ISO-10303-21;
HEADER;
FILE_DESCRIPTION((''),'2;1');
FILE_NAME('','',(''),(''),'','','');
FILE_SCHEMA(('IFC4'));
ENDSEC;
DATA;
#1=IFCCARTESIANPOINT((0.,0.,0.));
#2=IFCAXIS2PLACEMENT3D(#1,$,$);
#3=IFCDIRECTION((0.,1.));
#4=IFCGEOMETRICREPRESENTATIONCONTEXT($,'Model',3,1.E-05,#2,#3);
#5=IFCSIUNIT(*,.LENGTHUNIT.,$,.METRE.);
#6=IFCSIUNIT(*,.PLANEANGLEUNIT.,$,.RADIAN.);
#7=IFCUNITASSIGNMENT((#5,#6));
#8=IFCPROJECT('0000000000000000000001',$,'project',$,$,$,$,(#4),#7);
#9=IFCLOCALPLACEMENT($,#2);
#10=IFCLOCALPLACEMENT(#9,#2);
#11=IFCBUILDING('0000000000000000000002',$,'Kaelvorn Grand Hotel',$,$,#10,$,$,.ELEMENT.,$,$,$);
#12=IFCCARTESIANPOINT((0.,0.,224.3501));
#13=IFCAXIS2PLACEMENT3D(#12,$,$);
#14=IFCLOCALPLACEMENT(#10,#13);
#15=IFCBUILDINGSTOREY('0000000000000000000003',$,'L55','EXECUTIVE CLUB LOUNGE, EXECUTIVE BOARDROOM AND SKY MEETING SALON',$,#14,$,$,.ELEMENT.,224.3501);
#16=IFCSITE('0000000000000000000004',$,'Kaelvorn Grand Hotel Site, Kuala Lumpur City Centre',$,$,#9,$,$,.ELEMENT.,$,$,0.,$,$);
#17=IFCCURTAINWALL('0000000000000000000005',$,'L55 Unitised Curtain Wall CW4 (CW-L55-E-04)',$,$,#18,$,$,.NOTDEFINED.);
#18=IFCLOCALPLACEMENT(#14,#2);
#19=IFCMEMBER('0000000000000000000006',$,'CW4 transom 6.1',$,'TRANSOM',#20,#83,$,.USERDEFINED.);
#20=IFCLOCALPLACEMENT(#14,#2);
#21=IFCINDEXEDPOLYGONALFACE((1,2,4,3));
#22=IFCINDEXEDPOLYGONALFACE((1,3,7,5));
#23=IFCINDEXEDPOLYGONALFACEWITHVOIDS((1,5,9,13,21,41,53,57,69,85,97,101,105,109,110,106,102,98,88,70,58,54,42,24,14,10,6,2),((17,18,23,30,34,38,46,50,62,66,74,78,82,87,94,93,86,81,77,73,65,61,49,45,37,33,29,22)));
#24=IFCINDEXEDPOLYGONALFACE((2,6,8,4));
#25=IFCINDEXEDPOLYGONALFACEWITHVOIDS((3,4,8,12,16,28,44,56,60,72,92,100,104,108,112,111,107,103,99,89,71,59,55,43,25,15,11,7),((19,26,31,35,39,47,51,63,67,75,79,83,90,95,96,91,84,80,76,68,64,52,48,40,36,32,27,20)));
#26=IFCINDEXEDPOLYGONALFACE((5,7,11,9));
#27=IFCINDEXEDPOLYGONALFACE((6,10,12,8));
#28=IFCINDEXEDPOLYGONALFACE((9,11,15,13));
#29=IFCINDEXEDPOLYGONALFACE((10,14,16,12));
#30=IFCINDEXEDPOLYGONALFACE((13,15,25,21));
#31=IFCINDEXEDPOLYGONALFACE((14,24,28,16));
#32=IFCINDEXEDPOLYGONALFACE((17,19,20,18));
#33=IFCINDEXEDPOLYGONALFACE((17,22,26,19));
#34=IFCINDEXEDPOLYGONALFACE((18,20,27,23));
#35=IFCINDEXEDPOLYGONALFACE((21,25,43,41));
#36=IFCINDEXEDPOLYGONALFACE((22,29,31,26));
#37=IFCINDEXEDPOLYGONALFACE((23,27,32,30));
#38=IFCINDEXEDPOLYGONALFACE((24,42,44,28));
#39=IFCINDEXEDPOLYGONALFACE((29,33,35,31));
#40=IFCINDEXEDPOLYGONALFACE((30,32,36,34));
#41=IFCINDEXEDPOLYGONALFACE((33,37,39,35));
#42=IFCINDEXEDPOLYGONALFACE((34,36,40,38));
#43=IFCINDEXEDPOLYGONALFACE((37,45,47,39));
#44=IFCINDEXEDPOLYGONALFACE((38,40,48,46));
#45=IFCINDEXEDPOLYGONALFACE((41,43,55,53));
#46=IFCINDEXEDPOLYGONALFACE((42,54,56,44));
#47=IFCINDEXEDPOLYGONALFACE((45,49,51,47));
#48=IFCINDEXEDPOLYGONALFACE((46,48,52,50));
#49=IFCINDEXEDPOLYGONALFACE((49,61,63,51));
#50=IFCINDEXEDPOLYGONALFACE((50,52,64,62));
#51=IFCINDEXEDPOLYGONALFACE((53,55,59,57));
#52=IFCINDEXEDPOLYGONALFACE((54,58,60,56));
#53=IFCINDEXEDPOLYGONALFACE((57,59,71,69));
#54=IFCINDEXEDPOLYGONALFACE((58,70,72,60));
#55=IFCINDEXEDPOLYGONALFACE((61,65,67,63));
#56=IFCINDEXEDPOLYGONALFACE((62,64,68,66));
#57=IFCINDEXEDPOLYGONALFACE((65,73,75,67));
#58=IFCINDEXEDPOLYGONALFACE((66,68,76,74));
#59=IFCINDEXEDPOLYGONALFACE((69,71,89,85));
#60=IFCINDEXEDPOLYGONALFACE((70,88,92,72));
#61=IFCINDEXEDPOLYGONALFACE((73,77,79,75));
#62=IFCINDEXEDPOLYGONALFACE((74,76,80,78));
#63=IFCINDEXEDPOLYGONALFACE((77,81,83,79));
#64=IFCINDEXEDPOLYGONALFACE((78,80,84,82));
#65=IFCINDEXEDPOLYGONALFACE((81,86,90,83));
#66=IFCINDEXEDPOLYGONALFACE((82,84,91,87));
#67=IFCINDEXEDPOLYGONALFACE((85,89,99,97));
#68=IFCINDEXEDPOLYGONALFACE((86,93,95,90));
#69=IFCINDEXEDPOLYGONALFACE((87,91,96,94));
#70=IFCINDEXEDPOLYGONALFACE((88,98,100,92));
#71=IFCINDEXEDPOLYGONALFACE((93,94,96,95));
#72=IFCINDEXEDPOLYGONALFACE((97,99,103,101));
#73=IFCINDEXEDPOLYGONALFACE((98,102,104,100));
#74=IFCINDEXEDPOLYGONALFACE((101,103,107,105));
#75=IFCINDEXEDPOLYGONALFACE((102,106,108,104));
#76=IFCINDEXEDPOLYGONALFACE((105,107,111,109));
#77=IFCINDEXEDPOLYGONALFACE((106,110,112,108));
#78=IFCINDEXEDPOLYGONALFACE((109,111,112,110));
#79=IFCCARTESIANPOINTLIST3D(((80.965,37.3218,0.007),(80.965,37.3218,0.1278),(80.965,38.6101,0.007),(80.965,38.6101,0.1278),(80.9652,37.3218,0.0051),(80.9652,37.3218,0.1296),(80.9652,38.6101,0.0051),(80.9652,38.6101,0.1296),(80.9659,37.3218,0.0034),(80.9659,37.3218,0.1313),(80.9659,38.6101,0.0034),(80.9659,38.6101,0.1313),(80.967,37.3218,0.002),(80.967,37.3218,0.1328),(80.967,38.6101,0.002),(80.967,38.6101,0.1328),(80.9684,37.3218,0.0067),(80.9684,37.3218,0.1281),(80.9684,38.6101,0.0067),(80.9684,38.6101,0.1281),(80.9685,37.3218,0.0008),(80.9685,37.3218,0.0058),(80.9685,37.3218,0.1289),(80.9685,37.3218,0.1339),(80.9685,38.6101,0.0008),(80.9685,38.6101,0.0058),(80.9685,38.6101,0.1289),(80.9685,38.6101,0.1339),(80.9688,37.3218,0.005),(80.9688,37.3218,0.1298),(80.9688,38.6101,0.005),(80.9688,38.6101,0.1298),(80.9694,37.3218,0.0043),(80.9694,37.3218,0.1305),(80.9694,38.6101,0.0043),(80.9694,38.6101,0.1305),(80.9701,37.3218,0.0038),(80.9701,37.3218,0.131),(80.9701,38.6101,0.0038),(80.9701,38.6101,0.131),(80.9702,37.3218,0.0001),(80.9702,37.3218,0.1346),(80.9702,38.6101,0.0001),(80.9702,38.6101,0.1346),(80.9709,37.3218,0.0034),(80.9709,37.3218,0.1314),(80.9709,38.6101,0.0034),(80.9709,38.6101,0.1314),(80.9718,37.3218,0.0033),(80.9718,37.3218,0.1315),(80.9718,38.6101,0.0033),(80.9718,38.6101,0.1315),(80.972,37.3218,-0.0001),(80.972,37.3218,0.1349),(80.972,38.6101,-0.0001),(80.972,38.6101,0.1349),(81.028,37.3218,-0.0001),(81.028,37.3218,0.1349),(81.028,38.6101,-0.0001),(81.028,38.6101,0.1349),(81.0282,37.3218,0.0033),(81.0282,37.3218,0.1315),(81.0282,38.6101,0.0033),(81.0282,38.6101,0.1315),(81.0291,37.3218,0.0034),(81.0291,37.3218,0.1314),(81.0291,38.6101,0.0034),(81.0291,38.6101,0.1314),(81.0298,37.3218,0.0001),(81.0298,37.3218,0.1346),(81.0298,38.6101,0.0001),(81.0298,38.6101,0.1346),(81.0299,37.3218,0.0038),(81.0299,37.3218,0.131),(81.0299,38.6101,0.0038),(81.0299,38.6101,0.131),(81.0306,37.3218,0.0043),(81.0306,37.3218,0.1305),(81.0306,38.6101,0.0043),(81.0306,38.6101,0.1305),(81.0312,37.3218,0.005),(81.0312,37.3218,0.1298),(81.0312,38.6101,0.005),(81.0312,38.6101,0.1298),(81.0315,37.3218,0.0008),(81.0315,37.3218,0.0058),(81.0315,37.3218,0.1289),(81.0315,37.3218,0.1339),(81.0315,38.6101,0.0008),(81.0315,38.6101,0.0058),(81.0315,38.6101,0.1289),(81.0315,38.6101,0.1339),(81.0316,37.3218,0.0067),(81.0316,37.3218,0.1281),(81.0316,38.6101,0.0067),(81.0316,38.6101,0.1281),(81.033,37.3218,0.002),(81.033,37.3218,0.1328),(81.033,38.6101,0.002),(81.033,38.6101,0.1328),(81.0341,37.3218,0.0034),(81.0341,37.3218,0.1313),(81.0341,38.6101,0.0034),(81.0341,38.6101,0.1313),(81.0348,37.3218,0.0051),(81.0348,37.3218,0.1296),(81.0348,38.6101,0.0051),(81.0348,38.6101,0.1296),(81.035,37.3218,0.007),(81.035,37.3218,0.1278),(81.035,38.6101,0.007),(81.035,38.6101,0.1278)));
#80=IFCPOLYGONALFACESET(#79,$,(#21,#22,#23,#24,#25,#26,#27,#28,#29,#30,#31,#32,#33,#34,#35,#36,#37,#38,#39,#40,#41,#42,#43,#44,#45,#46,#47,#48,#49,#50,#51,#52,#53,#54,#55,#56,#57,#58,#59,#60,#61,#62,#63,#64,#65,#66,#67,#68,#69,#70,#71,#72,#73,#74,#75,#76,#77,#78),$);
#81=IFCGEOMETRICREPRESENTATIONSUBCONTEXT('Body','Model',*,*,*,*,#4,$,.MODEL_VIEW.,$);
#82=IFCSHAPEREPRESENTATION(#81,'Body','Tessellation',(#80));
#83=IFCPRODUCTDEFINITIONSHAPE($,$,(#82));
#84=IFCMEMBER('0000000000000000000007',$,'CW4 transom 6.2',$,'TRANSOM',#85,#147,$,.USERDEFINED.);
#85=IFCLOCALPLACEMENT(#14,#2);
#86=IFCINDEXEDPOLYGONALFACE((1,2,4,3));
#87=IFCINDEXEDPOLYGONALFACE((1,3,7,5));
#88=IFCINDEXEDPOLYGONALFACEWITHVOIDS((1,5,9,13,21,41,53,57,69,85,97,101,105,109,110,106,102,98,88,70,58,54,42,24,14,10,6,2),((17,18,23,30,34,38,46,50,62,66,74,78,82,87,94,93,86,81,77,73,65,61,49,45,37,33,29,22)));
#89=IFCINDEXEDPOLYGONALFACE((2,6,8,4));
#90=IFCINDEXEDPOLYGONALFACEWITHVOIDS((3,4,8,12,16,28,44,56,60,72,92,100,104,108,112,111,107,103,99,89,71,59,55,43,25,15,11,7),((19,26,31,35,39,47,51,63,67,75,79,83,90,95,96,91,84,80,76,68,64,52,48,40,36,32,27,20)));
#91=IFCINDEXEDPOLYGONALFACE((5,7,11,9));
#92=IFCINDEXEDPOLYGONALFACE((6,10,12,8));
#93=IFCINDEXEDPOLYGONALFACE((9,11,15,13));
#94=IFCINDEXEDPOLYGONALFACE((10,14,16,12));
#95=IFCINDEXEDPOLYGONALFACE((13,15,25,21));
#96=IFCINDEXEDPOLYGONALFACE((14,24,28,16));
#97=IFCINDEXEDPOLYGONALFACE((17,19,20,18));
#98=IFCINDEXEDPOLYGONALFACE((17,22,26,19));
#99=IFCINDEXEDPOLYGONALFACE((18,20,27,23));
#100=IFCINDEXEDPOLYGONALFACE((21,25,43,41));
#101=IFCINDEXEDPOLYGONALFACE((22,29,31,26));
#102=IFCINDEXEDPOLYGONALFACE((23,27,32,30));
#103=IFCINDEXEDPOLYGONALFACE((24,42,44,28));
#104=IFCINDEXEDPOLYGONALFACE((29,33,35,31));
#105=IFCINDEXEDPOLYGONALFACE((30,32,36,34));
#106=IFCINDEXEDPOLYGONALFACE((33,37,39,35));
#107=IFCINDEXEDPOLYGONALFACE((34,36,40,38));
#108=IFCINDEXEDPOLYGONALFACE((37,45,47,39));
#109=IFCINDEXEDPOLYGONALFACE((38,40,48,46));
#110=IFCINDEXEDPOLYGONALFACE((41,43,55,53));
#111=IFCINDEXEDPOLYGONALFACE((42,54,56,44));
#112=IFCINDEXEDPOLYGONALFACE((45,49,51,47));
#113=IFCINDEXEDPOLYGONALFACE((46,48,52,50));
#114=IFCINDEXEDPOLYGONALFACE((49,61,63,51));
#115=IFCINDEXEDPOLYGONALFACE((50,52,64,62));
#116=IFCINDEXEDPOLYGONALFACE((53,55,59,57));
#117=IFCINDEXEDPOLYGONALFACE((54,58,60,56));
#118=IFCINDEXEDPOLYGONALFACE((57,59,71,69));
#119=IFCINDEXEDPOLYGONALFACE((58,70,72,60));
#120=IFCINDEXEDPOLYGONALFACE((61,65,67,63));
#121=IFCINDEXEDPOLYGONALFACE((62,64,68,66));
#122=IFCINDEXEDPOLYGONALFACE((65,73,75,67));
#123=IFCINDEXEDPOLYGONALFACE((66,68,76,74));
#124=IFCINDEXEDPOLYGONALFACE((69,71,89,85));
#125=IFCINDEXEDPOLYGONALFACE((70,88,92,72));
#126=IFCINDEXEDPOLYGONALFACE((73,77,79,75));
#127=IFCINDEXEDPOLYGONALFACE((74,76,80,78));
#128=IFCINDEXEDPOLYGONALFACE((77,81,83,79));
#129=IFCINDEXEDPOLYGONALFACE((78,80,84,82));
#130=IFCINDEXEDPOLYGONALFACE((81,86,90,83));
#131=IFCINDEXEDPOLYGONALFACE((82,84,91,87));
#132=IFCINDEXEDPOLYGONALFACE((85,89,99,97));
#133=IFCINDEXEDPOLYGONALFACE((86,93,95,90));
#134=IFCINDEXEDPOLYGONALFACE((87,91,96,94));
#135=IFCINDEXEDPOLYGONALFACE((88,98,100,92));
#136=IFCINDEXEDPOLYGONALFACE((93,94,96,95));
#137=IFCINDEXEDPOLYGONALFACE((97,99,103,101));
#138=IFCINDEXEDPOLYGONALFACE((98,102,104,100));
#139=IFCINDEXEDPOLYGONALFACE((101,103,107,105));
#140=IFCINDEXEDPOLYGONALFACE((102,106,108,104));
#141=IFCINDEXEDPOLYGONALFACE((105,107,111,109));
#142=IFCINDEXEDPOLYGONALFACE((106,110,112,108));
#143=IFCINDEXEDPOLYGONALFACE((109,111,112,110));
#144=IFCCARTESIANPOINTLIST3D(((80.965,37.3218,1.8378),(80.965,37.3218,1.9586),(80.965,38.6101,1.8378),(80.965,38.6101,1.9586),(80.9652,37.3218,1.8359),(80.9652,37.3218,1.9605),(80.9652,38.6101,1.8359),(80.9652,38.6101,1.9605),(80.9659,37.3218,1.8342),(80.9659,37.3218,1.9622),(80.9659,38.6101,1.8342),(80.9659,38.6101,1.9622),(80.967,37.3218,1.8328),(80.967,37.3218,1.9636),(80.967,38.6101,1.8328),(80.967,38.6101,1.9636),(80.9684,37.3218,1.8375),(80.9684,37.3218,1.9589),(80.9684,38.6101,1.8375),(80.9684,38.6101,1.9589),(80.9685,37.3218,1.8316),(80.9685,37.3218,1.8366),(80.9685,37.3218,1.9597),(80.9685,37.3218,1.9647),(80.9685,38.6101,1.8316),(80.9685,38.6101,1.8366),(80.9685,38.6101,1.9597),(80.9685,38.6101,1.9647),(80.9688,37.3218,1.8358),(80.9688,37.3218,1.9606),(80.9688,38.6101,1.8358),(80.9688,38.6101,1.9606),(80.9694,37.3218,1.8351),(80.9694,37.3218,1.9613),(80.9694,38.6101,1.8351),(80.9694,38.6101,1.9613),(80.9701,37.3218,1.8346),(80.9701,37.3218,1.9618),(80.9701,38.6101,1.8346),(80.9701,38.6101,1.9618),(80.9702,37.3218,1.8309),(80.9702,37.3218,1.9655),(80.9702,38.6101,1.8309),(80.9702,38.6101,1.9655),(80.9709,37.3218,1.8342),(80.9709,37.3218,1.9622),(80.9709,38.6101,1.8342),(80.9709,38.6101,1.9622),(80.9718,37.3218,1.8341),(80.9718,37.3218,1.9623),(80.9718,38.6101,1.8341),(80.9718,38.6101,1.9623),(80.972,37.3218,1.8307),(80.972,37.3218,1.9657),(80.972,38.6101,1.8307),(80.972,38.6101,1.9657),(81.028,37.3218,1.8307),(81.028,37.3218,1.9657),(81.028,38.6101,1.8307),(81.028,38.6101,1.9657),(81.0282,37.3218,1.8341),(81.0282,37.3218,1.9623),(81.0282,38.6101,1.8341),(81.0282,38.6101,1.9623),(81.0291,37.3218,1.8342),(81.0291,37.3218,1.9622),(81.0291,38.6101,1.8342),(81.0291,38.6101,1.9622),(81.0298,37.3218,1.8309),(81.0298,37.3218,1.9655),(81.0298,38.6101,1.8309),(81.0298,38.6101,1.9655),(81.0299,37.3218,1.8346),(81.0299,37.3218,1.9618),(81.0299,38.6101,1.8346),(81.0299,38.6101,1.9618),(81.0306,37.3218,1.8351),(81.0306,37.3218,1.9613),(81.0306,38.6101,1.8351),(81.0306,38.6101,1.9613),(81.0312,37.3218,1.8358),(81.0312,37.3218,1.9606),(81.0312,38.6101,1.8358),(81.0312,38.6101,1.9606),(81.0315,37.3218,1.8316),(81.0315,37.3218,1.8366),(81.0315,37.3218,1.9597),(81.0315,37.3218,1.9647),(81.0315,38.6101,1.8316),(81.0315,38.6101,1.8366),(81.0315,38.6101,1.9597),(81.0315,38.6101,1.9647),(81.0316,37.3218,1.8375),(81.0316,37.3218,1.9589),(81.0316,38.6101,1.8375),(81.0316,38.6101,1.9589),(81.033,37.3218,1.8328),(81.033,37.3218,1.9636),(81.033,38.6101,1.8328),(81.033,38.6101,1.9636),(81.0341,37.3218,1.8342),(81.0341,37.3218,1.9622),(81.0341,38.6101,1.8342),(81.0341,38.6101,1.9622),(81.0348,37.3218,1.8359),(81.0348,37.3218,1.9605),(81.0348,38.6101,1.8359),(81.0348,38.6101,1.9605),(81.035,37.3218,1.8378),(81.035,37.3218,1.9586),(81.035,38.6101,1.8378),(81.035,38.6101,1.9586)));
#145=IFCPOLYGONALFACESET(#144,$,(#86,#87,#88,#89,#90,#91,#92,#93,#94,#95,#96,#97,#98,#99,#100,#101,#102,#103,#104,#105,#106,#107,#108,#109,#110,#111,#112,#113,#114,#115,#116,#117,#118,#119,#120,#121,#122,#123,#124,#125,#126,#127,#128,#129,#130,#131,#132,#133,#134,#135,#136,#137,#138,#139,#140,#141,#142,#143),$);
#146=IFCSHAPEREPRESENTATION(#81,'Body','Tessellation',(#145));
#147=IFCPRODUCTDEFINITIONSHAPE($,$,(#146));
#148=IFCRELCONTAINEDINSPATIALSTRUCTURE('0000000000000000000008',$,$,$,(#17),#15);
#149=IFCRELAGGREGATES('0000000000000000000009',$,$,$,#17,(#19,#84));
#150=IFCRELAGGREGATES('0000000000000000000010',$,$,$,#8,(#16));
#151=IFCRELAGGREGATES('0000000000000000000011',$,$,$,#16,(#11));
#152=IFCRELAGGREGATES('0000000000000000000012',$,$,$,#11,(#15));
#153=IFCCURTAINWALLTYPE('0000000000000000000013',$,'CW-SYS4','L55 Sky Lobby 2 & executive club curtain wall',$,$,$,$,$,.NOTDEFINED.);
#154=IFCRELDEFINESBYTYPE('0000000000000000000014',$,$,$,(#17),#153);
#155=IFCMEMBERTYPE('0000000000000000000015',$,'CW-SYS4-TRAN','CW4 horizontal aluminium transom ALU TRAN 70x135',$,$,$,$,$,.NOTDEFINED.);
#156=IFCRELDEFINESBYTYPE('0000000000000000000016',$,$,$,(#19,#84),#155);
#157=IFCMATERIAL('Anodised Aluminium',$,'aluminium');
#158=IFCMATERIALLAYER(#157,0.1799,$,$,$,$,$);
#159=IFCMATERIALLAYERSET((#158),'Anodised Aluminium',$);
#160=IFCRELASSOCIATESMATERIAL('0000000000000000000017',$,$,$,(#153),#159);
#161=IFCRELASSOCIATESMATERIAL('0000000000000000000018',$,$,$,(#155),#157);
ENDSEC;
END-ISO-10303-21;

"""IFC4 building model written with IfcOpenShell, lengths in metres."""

from ifc_helpers import new_model, si_unit, direction, frame, origin, origin_2d, place, context, subcontext, project, spatial, hollow_rectangle, extrude, material, layer, layer_set, material_profile, profile_set, type_object, element, aggregate, save


model = new_model("IFC4")

# Units and contexts
model_context = context("Model", 3, precision=1e-05, world=origin(), true_north=direction((0.0, 1.0)))
body_context = subcontext(model_context, "Body", "Model", "MODEL_VIEW")
ifc_project = project(units=[si_unit("LENGTHUNIT", "METRE"), si_unit("PLANEANGLEUNIT", "RADIAN")], contexts=[model_context])

# Site, building, storey
site_placement = place(None, origin())
site = spatial("IfcSite", under=ifc_project, at=site_placement, Name="Kaelvorn Grand Hotel Site, Kuala Lumpur City Centre", CompositionType="ELEMENT", RefElevation=0.0)
building_placement = place(site_placement, origin())
building = spatial("IfcBuilding", under=site, at=building_placement, Name="Kaelvorn Grand Hotel", CompositionType="ELEMENT")
storey_placement = place(building_placement, frame((0.0, 0.0, 224.3501)))
storey = spatial("IfcBuildingStorey", under=building, at=storey_placement, Name="L55", Description="EXECUTIVE CLUB LOUNGE, EXECUTIVE BOARDROOM AND SKY MEETING SALON", CompositionType="ELEMENT", Elevation=224.3501)

# Curtain wall, members
ifc_material_1 = material(Name="Anodised Aluminium", Category="aluminium")
ifc_layer_1 = layer(ifc_material_1, 0.1799)
ifc_layer_set_1 = layer_set([ifc_layer_1], Name="Anodised Aluminium")
curtain_wall_type = type_object("IfcCurtainWallType", Name="CW-SYS4", Description="L55 Sky Lobby 2 & executive club curtain wall", PredefinedType="NOTDEFINED", material=ifc_layer_set_1)
curtain_wall_placement = place(storey_placement, origin())
curtain_wall = element("IfcCurtainWall", 1, at=curtain_wall_placement, inside=storey, type_object=curtain_wall_type, Name="L55 Unitised Curtain Wall CW4 (CW-L55-E-04)", PredefinedType="NOTDEFINED")
ifc_material_profile_1 = material_profile(ifc_material_1, hollow_rectangle(XDim=0.0701, YDim=0.135, WallThickness=0.0034, InnerFilletRadius=0.0034, OuterFilletRadius=0.0071, at=origin_2d()), Name="ALU TRAN 70x135")
ifc_profile_set_1 = profile_set([ifc_material_profile_1], Name="Anodised Aluminium")
member_type_1 = type_object("IfcMemberType", Name="CW-SYS4-TRAN", Description="CW4 horizontal aluminium transom ALU TRAN 70x135", PredefinedType="NOTDEFINED", material=ifc_profile_set_1)
member_1_placement = place(storey_placement, frame((81.0, 37.3218, 0.0674), z_axis=(0.0, 1.0, 0.0), x_axis=(-1.0, 0.0, 0.0)))
member_1 = element("IfcMember", 2, at=member_1_placement, type_object=member_type_1, Name="CW4 transom 6.1", ObjectType="TRANSOM", PredefinedType="USERDEFINED", context=body_context, shape_type="SweptSolid", body=[
    extrude(hollow_rectangle(XDim=0.0701, YDim=0.135, WallThickness=0.0034, InnerFilletRadius=0.0034, OuterFilletRadius=0.0071, at=origin_2d()), origin(), (0.0, 0.0, 1.0), 1.2883),
])
member_2_placement = place(storey_placement, frame((81.0, 37.3218, 1.8982), z_axis=(0.0, 1.0, 0.0), x_axis=(-1.0, 0.0, 0.0)))
member_2 = element("IfcMember", 3, at=member_2_placement, type_object=member_type_1, Name="CW4 transom 6.2", ObjectType="TRANSOM", PredefinedType="USERDEFINED", context=body_context, shape_type="SweptSolid", body=[
    extrude(hollow_rectangle(XDim=0.0701, YDim=0.135, WallThickness=0.0034, InnerFilletRadius=0.0034, OuterFilletRadius=0.0071, at=origin_2d()), origin(), (0.0, 0.0, 1.0), 1.2883),
])
aggregate(curtain_wall, [member_1, member_2])

save(model, "model.ifc")
